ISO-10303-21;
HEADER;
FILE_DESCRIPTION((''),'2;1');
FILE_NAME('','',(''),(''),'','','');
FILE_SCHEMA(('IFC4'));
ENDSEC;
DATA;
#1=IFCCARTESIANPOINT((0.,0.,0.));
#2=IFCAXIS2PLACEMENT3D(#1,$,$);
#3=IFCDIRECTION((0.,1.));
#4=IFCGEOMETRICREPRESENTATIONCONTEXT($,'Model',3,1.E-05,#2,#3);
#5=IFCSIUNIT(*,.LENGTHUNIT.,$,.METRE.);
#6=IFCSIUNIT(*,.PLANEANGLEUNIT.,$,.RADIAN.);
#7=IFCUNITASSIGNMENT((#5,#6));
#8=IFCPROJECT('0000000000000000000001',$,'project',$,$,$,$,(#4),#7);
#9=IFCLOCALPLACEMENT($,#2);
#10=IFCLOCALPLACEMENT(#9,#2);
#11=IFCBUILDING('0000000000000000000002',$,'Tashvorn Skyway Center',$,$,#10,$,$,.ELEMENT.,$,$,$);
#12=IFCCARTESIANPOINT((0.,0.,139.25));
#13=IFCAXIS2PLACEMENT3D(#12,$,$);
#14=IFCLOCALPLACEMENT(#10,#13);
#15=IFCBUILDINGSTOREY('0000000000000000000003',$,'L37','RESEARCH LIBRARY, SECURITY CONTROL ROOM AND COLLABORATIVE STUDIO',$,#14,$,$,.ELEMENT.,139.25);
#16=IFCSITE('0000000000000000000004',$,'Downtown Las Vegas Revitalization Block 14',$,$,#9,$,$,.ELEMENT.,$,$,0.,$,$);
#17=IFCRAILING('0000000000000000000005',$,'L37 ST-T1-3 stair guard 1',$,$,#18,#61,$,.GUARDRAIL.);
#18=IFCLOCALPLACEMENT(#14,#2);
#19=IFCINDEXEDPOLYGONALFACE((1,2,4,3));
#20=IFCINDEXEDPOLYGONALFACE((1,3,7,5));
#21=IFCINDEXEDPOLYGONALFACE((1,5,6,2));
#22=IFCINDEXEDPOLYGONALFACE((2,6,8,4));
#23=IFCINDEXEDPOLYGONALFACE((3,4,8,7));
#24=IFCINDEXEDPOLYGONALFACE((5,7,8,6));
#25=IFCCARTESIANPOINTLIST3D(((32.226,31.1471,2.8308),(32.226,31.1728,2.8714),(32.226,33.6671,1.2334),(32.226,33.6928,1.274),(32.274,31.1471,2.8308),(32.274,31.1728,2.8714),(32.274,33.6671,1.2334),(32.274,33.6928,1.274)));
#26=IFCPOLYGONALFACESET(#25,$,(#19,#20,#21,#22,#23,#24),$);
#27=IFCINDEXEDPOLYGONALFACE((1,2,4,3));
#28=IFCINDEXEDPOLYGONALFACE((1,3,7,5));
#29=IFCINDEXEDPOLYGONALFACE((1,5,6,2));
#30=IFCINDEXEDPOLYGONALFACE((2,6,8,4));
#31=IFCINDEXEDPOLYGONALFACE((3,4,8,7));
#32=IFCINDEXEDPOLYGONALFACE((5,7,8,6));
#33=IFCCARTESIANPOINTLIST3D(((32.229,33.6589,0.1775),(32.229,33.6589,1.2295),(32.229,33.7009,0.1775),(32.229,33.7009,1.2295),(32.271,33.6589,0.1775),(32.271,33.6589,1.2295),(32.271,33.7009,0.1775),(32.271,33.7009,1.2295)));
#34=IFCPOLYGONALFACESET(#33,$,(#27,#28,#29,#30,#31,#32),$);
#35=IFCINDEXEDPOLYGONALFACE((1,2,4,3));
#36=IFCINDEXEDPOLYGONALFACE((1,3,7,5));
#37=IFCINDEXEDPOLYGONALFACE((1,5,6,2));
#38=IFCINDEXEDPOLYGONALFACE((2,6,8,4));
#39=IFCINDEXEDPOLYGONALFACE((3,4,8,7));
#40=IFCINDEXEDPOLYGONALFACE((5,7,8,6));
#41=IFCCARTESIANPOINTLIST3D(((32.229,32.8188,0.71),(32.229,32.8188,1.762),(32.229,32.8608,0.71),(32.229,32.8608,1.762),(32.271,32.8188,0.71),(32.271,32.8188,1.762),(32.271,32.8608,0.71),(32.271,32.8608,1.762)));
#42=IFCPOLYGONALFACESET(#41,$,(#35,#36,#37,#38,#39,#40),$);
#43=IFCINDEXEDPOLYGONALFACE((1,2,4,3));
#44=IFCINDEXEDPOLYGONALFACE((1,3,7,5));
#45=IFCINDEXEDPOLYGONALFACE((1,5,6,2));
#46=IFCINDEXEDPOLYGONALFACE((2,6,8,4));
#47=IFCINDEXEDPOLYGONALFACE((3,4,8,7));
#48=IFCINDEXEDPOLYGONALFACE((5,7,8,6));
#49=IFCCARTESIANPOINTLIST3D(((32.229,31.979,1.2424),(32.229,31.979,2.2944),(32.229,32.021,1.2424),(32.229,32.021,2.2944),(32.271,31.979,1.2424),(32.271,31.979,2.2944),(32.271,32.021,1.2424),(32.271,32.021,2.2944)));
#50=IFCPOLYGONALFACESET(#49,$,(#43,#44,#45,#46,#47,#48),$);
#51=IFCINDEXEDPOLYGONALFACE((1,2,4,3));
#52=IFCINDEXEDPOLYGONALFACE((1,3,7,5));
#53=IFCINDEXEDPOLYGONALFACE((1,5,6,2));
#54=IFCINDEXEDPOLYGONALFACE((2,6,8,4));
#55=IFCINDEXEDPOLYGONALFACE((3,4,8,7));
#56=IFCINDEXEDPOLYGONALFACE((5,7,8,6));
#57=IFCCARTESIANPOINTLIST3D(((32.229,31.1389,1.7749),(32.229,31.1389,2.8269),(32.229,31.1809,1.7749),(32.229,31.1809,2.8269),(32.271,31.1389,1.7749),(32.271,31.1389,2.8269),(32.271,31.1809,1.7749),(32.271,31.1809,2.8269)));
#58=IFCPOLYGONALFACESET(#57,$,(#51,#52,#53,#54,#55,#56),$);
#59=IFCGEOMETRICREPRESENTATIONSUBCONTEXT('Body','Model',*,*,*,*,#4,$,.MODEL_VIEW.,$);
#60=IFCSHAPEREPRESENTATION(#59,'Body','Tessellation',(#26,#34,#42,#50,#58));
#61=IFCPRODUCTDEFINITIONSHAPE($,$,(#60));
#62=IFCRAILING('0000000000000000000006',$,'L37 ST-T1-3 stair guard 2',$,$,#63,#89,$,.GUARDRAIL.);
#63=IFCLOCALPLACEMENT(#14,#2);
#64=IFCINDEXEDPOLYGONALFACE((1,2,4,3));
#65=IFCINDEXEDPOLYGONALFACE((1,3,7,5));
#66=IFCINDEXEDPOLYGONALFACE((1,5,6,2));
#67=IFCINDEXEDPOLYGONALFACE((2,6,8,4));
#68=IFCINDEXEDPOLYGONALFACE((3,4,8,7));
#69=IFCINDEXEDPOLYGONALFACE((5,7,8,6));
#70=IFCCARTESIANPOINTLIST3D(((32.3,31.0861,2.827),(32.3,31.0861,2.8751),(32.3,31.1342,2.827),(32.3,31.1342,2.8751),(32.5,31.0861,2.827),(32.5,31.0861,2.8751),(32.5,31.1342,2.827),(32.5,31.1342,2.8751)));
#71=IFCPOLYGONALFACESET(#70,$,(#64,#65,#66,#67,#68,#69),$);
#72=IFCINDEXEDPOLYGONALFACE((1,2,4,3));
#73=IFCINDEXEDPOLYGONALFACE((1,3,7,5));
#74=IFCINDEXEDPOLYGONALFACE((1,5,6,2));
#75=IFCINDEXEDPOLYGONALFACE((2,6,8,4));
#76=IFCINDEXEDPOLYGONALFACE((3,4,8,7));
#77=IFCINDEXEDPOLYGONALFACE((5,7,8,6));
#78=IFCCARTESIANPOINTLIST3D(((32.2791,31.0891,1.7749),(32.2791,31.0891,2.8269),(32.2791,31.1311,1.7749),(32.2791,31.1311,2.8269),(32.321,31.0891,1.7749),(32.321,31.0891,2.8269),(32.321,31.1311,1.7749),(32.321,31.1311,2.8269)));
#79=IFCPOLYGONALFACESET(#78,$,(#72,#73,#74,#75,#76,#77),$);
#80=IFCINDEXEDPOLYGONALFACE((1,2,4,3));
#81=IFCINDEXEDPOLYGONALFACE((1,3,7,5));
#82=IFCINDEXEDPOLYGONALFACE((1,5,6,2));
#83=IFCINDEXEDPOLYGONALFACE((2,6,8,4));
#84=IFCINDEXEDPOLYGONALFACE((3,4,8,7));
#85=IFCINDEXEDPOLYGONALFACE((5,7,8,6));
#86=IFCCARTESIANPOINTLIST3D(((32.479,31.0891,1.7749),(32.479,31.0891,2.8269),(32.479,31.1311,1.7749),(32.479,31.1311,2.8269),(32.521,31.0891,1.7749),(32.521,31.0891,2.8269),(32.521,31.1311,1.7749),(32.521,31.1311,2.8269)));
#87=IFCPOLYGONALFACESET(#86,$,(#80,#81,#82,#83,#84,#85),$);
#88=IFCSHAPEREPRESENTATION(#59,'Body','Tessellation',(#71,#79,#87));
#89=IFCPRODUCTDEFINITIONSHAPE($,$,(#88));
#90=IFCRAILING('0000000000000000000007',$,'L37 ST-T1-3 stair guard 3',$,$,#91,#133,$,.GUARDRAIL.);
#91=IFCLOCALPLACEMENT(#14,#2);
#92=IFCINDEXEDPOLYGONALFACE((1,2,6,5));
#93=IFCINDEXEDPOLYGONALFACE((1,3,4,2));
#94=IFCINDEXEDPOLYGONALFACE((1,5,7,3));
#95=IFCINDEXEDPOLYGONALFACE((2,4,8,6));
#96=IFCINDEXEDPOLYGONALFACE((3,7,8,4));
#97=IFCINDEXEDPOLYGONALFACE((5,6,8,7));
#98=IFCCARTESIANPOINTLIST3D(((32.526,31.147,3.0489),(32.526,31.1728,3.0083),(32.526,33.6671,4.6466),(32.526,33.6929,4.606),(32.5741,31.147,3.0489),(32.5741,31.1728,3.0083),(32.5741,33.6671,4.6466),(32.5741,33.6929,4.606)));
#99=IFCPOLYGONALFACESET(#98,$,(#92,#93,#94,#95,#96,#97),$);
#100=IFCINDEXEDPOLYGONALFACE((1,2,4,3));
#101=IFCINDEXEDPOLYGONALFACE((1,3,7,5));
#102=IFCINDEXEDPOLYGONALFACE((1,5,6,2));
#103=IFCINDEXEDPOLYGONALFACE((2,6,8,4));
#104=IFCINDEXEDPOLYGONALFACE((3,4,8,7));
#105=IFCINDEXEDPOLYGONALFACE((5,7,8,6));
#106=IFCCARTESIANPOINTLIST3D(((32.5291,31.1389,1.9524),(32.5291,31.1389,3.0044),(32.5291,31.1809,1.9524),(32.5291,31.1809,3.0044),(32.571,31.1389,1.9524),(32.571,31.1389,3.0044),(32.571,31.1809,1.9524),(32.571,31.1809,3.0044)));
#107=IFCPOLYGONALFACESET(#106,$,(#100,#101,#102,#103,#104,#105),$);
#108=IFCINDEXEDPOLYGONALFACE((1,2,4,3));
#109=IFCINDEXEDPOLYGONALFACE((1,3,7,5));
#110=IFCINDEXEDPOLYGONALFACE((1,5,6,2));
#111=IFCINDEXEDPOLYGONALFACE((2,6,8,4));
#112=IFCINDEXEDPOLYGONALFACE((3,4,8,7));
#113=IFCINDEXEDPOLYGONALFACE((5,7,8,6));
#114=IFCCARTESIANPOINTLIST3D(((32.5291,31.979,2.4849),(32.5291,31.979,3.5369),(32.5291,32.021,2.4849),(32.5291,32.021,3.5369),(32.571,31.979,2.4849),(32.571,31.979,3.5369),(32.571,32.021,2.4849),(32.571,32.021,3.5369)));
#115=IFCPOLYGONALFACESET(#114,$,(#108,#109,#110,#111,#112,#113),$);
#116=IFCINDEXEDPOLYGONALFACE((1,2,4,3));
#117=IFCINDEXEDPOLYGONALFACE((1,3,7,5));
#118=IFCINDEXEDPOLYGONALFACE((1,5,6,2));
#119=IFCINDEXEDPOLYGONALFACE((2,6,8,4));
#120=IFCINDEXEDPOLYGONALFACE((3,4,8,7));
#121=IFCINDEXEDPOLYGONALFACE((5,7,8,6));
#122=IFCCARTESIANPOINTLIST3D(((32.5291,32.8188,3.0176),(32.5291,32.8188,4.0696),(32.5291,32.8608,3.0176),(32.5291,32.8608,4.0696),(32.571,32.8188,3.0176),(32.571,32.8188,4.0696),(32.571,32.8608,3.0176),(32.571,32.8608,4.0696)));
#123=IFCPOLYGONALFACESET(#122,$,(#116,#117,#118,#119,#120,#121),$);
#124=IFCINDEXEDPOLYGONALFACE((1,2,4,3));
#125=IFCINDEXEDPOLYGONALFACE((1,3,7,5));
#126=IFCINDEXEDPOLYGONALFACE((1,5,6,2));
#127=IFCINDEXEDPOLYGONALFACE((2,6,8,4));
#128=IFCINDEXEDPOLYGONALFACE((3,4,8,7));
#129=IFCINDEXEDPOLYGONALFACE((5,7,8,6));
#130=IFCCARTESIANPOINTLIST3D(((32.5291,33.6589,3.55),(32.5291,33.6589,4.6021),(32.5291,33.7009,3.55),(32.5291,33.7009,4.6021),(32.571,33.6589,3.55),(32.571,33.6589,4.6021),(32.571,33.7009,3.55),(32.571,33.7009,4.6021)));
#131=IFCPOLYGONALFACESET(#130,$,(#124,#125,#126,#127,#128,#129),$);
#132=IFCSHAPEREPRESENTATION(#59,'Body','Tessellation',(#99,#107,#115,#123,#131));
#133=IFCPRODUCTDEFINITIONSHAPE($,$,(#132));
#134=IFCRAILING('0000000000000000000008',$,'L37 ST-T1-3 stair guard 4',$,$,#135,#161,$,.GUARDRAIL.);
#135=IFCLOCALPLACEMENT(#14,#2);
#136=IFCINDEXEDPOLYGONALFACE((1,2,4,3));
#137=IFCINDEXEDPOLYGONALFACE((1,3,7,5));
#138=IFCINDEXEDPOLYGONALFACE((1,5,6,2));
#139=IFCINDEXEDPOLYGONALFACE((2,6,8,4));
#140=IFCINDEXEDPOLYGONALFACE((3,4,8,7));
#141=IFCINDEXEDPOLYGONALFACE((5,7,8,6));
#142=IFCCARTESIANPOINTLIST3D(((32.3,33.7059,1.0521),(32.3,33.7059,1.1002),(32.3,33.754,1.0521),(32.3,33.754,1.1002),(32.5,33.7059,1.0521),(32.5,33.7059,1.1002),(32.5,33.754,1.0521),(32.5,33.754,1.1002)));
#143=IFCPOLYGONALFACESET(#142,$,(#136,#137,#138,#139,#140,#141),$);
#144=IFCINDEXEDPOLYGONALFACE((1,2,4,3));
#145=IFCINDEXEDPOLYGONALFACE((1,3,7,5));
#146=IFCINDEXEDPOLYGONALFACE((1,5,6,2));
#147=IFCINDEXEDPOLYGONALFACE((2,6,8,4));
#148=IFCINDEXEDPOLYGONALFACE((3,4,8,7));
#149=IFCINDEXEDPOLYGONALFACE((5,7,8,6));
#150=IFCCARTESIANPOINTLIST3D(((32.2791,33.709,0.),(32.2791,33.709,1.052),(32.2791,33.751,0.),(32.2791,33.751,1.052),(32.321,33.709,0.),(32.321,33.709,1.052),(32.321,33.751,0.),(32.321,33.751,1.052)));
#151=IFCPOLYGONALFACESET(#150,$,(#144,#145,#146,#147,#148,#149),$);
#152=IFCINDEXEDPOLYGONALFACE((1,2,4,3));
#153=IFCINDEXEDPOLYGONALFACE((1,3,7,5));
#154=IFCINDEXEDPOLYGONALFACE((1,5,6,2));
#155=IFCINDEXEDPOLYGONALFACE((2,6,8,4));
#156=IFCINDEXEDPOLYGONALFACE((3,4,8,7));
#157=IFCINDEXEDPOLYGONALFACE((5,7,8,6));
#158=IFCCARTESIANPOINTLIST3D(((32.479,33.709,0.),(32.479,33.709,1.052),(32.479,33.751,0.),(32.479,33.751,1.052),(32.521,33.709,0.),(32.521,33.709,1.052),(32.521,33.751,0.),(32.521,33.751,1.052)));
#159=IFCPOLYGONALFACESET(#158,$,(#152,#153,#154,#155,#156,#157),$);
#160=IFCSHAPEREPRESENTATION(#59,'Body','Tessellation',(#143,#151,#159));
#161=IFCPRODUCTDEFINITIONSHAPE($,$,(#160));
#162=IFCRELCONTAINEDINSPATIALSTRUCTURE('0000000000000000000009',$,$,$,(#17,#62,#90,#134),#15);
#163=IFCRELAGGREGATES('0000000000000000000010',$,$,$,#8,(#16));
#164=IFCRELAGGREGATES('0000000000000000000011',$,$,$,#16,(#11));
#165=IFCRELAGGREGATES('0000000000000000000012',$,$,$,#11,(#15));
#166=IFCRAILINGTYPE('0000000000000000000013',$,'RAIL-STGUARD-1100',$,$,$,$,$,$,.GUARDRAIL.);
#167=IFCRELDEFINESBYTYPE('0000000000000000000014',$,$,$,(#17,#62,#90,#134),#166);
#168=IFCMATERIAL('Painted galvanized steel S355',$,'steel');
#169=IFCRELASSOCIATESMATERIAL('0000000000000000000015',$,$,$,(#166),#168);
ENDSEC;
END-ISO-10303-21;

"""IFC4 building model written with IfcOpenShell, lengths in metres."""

from ifc_helpers import new_model, si_unit, direction, frame, origin, origin_2d, place, context, subcontext, project, spatial, rectangle, extrude, material, type_object, element, save


model = new_model("IFC4")

# Units and contexts
model_context = context("Model", 3, precision=1e-05, world=origin(), true_north=direction((0.0, 1.0)))
body_context = subcontext(model_context, "Body", "Model", "MODEL_VIEW")
ifc_project = project(units=[si_unit("LENGTHUNIT", "METRE"), si_unit("PLANEANGLEUNIT", "RADIAN")], contexts=[model_context])

# Site, building, storey
site_placement = place(None, origin())
site = spatial("IfcSite", under=ifc_project, at=site_placement, Name="Downtown Las Vegas Revitalization Block 14", CompositionType="ELEMENT", RefElevation=0.0)
building_placement = place(site_placement, origin())
building = spatial("IfcBuilding", under=site, at=building_placement, Name="Tashvorn Skyway Center", CompositionType="ELEMENT")
storey_placement = place(building_placement, frame((0.0, 0.0, 139.25)))
storey = spatial("IfcBuildingStorey", under=building, at=storey_placement, Name="L37", Description="RESEARCH LIBRARY, SECURITY CONTROL ROOM AND COLLABORATIVE STUDIO", CompositionType="ELEMENT", Elevation=139.25)

# Railings
ifc_material_1 = material(Name="Painted galvanized steel S355", Category="steel")
railing_type_1 = type_object("IfcRailingType", Name="RAIL-STGUARD-1100", PredefinedType="GUARDRAIL", material=ifc_material_1)
railing_1_placement = place(storey_placement, frame((32.25, 33.6799, 0.1775)))
element("IfcRailing", 1, at=railing_1_placement, inside=storey, type_object=railing_type_1, Name="L37 ST-T1-3 stair guard 1", PredefinedType="GUARDRAIL", context=body_context, shape_type="SweptSolid", body=[
    extrude(rectangle(XDim=0.0481, YDim=0.0481, at=origin_2d()), frame((0.0, 0.0, 1.0762), z_axis=(0.0, -0.844607, 0.535387), x_axis=(1.0, 0.0, 0.0)), (0.0, 0.0, 1.0), 2.9836),
    extrude(rectangle(XDim=0.042, YDim=0.042, at=origin_2d()), origin(), (0.0, 0.0, 1.0), 1.052),
    extrude(rectangle(XDim=0.042, YDim=0.042, at=origin_2d()), frame((0.0, -0.8401, 0.5325)), (0.0, 0.0, 1.0), 1.052),
    extrude(rectangle(XDim=0.042, YDim=0.042, at=origin_2d()), frame((0.0, -1.6799, 1.0649)), (0.0, 0.0, 1.0), 1.052),
    extrude(rectangle(XDim=0.042, YDim=0.042, at=origin_2d()), frame((0.0, -2.52, 1.5974)), (0.0, 0.0, 1.0), 1.052),
])
railing_2_placement = place(storey_placement, frame((32.3, 31.1101, 1.7749)))
element("IfcRailing", 2, at=railing_2_placement, inside=storey, type_object=railing_type_1, Name="L37 ST-T1-3 stair guard 2", PredefinedType="GUARDRAIL", context=body_context, shape_type="SweptSolid", body=[
    extrude(rectangle(XDim=0.0481, YDim=0.0481, at=origin_2d()), frame((0.0, 0.0, 1.0762), z_axis=(1.0, 0.0, 0.0), x_axis=(0.0, 1.0, 0.0)), (0.0, 0.0, 1.0), 0.2),
    extrude(rectangle(XDim=0.042, YDim=0.042, at=origin_2d()), origin(), (0.0, 0.0, 1.0), 1.052),
    extrude(rectangle(XDim=0.042, YDim=0.042, at=origin_2d()), frame((0.2, 0.0, 0.0)), (0.0, 0.0, 1.0), 1.052),
])
railing_3_placement = place(storey_placement, frame((32.55, 31.1599, 1.9524)))
element("IfcRailing", 3, at=railing_3_placement, inside=storey, type_object=railing_type_1, Name="L37 ST-T1-3 stair guard 3", PredefinedType="GUARDRAIL", context=body_context, shape_type="SweptSolid", body=[
    extrude(rectangle(XDim=0.0481, YDim=0.0481, at=origin_2d()), frame((0.0, 0.0, 1.0762), z_axis=(0.0, 0.84457, 0.535445), x_axis=(-1.0, 0.0, 0.0)), (0.0, 0.0, 1.0), 2.9839),
    extrude(rectangle(XDim=0.042, YDim=0.042, at=origin_2d()), origin(), (0.0, 0.0, 1.0), 1.052),
    extrude(rectangle(XDim=0.042, YDim=0.042, at=origin_2d()), frame((0.0, 0.8401, 0.5325)), (0.0, 0.0, 1.0), 1.052),
    extrude(rectangle(XDim=0.042, YDim=0.042, at=origin_2d()), frame((0.0, 1.6799, 1.0652)), (0.0, 0.0, 1.0), 1.052),
    extrude(rectangle(XDim=0.042, YDim=0.042, at=origin_2d()), frame((0.0, 2.52, 1.5977)), (0.0, 0.0, 1.0), 1.052),
])
railing_4_placement = place(storey_placement, frame((32.3, 33.73, 0.0)))
element("IfcRailing", 4, at=railing_4_placement, inside=storey, type_object=railing_type_1, Name="L37 ST-T1-3 stair guard 4", PredefinedType="GUARDRAIL", context=body_context, shape_type="SweptSolid", body=[
    extrude(rectangle(XDim=0.0481, YDim=0.0481, at=origin_2d()), frame((0.0, 0.0, 1.0762), z_axis=(1.0, 0.0, 0.0), x_axis=(0.0, 1.0, 0.0)), (0.0, 0.0, 1.0), 0.2),
    extrude(rectangle(XDim=0.042, YDim=0.042, at=origin_2d()), origin(), (0.0, 0.0, 1.0), 1.052),
    extrude(rectangle(XDim=0.042, YDim=0.042, at=origin_2d()), frame((0.2, 0.0, 0.0)), (0.0, 0.0, 1.0), 1.052),
])

save(model, "model.ifc")
